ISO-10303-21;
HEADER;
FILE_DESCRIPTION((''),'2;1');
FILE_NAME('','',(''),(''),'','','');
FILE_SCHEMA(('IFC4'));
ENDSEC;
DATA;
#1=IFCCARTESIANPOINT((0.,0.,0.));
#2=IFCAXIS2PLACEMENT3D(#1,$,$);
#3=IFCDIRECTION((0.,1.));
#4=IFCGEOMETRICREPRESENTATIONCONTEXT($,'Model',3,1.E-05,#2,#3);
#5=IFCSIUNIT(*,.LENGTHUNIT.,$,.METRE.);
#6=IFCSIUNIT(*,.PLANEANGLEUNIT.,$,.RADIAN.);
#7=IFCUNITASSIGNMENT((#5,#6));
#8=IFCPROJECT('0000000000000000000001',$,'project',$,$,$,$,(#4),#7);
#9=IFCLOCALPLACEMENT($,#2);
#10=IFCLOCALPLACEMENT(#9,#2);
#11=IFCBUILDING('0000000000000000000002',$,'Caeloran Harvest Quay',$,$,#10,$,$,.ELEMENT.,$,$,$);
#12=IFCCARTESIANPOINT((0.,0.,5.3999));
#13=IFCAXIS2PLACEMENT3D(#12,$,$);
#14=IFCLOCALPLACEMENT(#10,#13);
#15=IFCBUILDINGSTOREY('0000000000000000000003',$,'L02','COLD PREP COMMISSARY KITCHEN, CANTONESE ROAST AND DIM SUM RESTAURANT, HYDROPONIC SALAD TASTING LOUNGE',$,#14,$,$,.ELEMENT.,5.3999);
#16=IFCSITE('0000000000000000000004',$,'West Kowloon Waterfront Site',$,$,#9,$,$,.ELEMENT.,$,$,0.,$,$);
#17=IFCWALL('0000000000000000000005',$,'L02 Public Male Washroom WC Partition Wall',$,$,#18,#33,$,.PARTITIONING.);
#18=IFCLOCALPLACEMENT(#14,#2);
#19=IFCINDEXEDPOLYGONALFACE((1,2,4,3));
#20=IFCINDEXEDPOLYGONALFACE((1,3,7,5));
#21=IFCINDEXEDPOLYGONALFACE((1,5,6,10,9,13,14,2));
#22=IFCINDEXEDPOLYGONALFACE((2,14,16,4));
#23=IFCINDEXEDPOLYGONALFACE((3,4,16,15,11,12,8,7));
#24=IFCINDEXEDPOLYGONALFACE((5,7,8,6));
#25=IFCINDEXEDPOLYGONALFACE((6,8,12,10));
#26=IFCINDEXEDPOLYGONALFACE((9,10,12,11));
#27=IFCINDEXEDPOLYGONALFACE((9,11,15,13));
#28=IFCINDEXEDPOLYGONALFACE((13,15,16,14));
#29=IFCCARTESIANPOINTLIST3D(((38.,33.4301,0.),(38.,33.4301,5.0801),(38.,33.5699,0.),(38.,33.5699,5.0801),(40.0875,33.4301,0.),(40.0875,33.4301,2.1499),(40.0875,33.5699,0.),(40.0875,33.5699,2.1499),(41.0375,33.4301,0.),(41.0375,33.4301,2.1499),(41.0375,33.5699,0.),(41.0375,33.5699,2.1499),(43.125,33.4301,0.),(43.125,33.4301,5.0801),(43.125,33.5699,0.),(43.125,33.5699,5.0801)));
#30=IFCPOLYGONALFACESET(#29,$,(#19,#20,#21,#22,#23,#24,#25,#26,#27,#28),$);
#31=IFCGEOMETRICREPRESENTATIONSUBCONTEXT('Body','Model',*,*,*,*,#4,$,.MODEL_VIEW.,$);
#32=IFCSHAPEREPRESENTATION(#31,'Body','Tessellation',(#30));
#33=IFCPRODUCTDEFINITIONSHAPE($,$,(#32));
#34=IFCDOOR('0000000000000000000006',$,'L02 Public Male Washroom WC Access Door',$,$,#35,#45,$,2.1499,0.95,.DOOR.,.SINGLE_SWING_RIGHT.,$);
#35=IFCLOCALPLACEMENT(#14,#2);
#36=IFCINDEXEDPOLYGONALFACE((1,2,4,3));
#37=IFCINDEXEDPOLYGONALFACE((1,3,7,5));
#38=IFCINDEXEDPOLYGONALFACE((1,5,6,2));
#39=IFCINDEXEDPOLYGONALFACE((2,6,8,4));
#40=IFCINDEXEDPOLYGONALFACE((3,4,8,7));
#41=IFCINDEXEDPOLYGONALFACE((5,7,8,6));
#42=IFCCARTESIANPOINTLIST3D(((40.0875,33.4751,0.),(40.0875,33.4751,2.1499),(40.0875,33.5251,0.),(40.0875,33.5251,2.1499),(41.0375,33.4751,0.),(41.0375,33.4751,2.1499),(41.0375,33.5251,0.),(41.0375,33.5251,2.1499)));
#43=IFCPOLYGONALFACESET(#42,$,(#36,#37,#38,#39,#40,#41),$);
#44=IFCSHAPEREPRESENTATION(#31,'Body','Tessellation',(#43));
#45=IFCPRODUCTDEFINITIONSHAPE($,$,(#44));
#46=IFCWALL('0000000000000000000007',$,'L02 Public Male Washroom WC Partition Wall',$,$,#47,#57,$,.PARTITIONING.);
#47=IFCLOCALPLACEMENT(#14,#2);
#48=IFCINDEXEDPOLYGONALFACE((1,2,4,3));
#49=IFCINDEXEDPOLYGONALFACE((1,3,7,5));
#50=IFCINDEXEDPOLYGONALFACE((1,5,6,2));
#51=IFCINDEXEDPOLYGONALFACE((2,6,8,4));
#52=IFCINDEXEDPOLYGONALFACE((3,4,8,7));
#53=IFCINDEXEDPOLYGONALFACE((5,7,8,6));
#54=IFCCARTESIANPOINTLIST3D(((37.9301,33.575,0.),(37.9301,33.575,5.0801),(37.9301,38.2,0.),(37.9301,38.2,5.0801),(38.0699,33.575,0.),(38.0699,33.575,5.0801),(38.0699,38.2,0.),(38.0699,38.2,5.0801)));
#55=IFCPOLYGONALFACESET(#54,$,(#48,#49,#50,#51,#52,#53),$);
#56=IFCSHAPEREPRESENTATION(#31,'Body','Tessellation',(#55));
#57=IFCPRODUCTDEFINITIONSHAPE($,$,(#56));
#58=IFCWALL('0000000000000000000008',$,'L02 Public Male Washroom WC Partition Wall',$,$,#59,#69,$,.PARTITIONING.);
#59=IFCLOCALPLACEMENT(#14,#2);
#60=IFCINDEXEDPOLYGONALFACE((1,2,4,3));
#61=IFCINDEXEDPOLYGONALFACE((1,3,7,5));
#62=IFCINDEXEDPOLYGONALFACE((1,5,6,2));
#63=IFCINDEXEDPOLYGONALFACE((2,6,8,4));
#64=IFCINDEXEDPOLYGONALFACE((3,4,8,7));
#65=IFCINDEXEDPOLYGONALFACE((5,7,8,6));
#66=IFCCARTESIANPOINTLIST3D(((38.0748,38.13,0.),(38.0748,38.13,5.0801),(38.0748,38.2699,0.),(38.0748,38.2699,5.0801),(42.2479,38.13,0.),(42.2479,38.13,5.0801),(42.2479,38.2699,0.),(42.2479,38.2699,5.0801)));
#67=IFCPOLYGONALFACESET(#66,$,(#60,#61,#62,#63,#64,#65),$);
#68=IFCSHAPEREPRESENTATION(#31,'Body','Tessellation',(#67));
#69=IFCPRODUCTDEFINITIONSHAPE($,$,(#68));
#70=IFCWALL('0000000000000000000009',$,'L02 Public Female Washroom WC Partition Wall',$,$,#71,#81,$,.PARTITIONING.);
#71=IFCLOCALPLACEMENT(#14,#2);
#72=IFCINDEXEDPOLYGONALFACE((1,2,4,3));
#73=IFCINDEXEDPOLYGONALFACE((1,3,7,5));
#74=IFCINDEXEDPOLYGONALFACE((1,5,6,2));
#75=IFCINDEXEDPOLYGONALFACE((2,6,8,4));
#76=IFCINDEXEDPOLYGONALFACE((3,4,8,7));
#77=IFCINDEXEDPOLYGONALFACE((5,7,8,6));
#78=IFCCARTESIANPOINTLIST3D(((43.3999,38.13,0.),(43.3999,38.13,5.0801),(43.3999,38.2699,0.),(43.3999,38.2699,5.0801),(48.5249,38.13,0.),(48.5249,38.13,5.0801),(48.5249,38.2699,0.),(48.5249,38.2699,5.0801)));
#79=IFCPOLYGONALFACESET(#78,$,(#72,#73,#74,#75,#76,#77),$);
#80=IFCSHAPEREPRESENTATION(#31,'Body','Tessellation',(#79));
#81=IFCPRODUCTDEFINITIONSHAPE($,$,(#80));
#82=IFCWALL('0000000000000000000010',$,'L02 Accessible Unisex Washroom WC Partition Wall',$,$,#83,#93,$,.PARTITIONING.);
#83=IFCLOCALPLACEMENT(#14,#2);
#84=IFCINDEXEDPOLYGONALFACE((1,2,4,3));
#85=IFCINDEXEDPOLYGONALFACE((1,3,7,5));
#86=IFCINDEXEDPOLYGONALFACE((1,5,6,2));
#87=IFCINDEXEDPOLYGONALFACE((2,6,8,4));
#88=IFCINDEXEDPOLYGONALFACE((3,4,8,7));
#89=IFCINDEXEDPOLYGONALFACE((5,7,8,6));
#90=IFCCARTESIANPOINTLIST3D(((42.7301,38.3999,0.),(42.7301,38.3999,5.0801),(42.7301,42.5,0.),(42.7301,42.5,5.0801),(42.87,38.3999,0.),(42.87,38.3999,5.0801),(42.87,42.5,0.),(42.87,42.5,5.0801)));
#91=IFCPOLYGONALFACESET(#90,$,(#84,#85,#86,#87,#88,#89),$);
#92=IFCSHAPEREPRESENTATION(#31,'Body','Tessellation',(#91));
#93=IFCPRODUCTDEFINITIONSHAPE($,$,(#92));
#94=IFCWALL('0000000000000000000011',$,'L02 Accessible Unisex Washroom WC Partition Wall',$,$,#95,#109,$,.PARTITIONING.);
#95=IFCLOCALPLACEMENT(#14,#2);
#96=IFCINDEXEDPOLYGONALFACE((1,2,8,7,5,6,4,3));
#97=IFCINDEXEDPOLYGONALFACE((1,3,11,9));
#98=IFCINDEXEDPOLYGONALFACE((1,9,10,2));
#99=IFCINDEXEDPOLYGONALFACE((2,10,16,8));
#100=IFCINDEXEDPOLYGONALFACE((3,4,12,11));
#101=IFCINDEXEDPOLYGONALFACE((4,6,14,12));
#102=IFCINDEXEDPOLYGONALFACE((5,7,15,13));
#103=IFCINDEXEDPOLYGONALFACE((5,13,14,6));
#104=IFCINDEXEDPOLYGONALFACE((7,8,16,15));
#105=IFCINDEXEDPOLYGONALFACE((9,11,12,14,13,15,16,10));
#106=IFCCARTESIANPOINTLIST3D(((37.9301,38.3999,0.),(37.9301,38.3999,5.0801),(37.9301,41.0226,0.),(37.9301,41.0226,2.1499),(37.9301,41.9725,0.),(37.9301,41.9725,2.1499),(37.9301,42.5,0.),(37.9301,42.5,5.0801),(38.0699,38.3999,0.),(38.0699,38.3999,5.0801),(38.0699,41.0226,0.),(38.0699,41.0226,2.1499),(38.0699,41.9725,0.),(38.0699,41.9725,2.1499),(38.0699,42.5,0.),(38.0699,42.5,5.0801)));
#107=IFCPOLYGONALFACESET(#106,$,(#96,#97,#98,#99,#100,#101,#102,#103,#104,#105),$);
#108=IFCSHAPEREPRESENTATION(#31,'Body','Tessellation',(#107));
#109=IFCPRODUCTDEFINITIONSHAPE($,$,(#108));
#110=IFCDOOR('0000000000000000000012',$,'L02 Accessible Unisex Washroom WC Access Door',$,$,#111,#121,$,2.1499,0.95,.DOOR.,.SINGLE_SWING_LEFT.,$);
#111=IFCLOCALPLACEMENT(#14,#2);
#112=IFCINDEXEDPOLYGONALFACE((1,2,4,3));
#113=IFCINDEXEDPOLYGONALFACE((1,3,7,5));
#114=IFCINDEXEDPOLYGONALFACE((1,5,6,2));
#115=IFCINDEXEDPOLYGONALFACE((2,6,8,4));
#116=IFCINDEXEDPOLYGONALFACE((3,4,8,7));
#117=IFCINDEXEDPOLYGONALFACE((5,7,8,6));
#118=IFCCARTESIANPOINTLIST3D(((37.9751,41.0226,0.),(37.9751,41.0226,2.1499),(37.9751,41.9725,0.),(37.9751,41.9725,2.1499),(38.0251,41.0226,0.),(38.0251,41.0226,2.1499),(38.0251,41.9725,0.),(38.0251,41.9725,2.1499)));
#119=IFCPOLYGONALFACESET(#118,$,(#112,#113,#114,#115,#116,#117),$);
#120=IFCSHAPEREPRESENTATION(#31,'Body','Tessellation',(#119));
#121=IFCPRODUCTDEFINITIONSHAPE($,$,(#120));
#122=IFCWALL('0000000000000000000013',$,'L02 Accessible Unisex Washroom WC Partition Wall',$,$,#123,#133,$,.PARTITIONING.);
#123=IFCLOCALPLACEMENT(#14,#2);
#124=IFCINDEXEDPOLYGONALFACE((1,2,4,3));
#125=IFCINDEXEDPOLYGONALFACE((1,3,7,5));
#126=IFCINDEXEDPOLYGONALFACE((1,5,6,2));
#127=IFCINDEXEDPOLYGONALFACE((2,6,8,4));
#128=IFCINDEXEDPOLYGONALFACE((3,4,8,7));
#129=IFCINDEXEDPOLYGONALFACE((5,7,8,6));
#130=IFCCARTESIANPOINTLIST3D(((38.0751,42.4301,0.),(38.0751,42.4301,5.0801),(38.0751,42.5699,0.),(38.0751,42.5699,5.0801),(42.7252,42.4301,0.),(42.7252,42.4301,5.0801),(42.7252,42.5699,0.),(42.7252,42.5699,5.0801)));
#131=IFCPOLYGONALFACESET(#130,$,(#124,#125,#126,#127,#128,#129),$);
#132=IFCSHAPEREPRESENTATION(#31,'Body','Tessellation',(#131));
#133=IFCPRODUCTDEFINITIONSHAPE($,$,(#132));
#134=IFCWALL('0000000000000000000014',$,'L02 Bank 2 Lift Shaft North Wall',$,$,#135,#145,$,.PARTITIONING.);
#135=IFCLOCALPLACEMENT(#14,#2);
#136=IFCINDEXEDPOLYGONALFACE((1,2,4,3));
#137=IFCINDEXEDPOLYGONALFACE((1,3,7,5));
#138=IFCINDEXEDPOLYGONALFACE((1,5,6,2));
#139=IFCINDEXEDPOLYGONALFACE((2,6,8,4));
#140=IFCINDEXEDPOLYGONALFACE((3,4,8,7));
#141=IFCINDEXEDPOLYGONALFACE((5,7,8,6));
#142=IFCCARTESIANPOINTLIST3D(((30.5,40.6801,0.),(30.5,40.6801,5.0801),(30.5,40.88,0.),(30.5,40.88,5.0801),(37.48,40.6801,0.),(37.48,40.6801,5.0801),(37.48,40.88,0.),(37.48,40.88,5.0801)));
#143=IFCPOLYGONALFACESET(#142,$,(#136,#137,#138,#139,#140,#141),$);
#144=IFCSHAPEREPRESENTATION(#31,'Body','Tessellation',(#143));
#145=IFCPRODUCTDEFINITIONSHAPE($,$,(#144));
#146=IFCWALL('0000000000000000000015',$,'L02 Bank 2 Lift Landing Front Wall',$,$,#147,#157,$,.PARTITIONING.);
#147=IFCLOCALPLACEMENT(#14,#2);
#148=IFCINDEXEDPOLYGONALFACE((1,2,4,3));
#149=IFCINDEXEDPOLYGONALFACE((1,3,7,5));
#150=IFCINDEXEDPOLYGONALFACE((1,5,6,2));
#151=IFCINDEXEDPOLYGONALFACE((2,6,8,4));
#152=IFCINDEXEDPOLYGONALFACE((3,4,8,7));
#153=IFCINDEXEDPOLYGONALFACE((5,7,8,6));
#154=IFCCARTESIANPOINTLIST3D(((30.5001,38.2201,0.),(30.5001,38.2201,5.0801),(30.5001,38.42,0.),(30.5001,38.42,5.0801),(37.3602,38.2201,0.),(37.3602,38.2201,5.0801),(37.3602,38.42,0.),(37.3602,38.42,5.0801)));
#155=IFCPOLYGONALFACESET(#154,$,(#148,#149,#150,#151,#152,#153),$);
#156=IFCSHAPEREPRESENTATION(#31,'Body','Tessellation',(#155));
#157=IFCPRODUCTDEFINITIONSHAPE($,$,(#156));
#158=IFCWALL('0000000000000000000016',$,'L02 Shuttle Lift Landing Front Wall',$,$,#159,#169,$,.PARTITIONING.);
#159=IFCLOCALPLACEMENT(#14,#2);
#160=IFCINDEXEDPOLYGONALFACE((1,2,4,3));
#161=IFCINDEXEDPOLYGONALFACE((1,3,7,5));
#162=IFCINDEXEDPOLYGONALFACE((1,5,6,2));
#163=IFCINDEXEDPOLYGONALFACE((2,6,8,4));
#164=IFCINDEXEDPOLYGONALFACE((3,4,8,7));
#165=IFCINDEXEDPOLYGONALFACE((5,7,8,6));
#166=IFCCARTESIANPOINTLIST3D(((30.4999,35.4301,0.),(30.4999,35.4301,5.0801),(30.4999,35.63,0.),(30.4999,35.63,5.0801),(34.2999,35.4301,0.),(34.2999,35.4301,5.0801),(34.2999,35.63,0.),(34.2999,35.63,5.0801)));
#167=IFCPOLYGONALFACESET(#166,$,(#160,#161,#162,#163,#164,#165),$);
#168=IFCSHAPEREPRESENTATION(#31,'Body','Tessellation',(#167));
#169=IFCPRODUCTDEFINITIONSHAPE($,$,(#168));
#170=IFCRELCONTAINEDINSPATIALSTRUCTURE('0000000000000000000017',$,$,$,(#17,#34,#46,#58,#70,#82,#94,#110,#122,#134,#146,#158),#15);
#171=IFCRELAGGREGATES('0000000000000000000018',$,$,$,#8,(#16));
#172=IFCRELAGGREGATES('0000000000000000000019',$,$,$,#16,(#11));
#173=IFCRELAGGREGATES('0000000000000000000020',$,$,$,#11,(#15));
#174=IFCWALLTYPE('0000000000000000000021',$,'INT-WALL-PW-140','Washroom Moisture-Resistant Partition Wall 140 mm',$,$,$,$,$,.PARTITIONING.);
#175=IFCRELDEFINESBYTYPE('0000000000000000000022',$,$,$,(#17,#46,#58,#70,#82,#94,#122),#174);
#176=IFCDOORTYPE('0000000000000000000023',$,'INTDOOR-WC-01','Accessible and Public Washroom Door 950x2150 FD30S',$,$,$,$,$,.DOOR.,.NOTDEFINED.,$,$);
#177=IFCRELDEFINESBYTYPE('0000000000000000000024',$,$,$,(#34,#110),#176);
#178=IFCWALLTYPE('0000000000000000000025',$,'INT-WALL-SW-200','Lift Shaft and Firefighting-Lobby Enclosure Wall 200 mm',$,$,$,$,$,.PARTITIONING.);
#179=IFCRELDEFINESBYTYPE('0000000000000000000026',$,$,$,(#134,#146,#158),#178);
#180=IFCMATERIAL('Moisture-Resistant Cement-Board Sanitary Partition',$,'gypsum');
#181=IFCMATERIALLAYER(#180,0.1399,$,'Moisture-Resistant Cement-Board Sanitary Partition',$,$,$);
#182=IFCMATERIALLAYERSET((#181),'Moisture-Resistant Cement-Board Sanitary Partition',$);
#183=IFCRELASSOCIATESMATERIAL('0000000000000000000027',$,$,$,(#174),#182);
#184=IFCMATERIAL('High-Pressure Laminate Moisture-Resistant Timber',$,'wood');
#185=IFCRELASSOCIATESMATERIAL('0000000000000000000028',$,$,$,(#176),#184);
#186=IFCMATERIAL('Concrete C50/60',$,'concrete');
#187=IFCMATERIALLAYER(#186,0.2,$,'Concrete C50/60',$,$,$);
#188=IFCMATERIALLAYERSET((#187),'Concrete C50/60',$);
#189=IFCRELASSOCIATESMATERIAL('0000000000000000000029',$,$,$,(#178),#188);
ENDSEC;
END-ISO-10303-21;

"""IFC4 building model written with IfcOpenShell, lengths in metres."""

from ifc_helpers import new_model, si_unit, direction, frame, frame_2d, origin, place, context, subcontext, project, spatial, rectangle, extrude, material, layer, layer_set, type_object, element, fill, save


model = new_model("IFC4")

# Units and contexts
model_context = context("Model", 3, precision=1e-05, world=origin(), true_north=direction((0.0, 1.0)))
body_context = subcontext(model_context, "Body", "Model", "MODEL_VIEW")
ifc_project = project(units=[si_unit("LENGTHUNIT", "METRE"), si_unit("PLANEANGLEUNIT", "RADIAN")], contexts=[model_context])

# Site, building, storey
site_placement = place(None, origin())
site = spatial("IfcSite", under=ifc_project, at=site_placement, Name="West Kowloon Waterfront Site", CompositionType="ELEMENT", RefElevation=0.0)
building_placement = place(site_placement, origin())
building = spatial("IfcBuilding", under=site, at=building_placement, Name="Caeloran Harvest Quay", CompositionType="ELEMENT")
storey_placement = place(building_placement, frame((0.0, 0.0, 5.3999)))
storey = spatial("IfcBuildingStorey", under=building, at=storey_placement, Name="L02", Description="COLD PREP COMMISSARY KITCHEN, CANTONESE ROAST AND DIM SUM RESTAURANT, HYDROPONIC SALAD TASTING LOUNGE", CompositionType="ELEMENT", Elevation=5.3999)

# Shared definitions
ifc_material_1 = material(Name="Moisture-Resistant Cement-Board Sanitary Partition", Category="gypsum")
ifc_layer_1 = layer(ifc_material_1, 0.1399, Name="Moisture-Resistant Cement-Board Sanitary Partition")
ifc_layer_set_1 = layer_set([ifc_layer_1], Name="Moisture-Resistant Cement-Board Sanitary Partition")
wall_type_1 = type_object("IfcWallType", Name="INT-WALL-PW-140", Description="Washroom Moisture-Resistant Partition Wall 140 mm", PredefinedType="PARTITIONING", material=ifc_layer_set_1)

# Wall, opening, door
wall_1_placement = place(storey_placement, frame((43.125, 33.5, 0.0), z_axis=(0.0, 0.0, 1.0), x_axis=(-1.0, 0.0, 0.0)))
wall_1 = element("IfcWall", 1, at=wall_1_placement, inside=storey, type_object=wall_type_1, Name="L02 Public Male Washroom WC Partition Wall", PredefinedType="PARTITIONING", context=body_context, shape_type="SweptSolid", body=[
    extrude(rectangle(XDim=5.125, YDim=0.1399, at=frame_2d((2.5625, 0.0))), origin(), (0.0, 0.0, 1.0), 5.0801),
])
opening_1_placement = place(wall_1_placement, frame((2.0874, 0.0, 0.0)))
opening_1 = element("IfcOpeningElement", 2, at=opening_1_placement, cuts=wall_1, PredefinedType="OPENING", context=body_context, shape_type="SweptSolid", body=[
    extrude(rectangle(XDim=0.95, YDim=2.1499, at=frame_2d((0.4751, 1.075))), frame((0.0, 0.0801, 0.0), z_axis=(0.0, -1.0, 0.0), x_axis=(1.0, 0.0, 0.0)), (0.0, 0.0, 1.0), 0.1599),
])
ifc_material_2 = material(Name="High-Pressure Laminate Moisture-Resistant Timber", Category="wood")
door_type = type_object("IfcDoorType", Name="INTDOOR-WC-01", Description="Accessible and Public Washroom Door 950x2150 FD30S", OperationType="NOTDEFINED", PredefinedType="DOOR", material=ifc_material_2)
door_1_placement = place(opening_1_placement, origin())
door_1 = element("IfcDoor", 3, at=door_1_placement, inside=storey, type_object=door_type, Name="L02 Public Male Washroom WC Access Door", OperationType="SINGLE_SWING_RIGHT", OverallHeight=2.1499, OverallWidth=0.95, PredefinedType="DOOR", context=body_context, shape_type="SweptSolid", body=[
    extrude(rectangle(XDim=0.95, YDim=2.1499, at=frame_2d((0.4751, 1.075))), frame((0.0, 0.0249, 0.0), z_axis=(0.0, -1.0, 0.0), x_axis=(1.0, 0.0, 0.0)), (0.0, 0.0, 1.0), 0.05),
])
fill(opening_1, door_1)

# Walls
wall_2_placement = place(storey_placement, frame((38.0, 33.575, 0.0), z_axis=(0.0, 0.0, 1.0), x_axis=(0.0, 1.0, 0.0)))
element("IfcWall", 4, at=wall_2_placement, inside=storey, type_object=wall_type_1, Name="L02 Public Male Washroom WC Partition Wall", PredefinedType="PARTITIONING", context=body_context, shape_type="SweptSolid", body=[
    extrude(rectangle(XDim=4.625, YDim=0.1399, at=frame_2d((2.3125, 0.0))), origin(), (0.0, 0.0, 1.0), 5.0801),
])
wall_3_placement = place(storey_placement, frame((38.075, 38.2, 0.0), z_axis=(0.0, 0.0, 1.0), x_axis=(1.0, 0.0, 0.0)))
element("IfcWall", 5, at=wall_3_placement, inside=storey, type_object=wall_type_1, Name="L02 Public Male Washroom WC Partition Wall", PredefinedType="PARTITIONING", context=body_context, shape_type="SweptSolid", body=[
    extrude(rectangle(XDim=4.1731, YDim=0.1399, at=frame_2d((2.0864, 0.0))), origin(), (0.0, 0.0, 1.0), 5.0801),
])
wall_4_placement = place(storey_placement, frame((43.3999, 38.2, 0.0), z_axis=(0.0, 0.0, 1.0), x_axis=(1.0, 0.0, 0.0)))
element("IfcWall", 6, at=wall_4_placement, inside=storey, type_object=wall_type_1, Name="L02 Public Female Washroom WC Partition Wall", PredefinedType="PARTITIONING", context=body_context, shape_type="SweptSolid", body=[
    extrude(rectangle(XDim=5.125, YDim=0.1399, at=frame_2d((2.5625, 0.0))), origin(), (0.0, 0.0, 1.0), 5.0801),
])
wall_5_placement = place(storey_placement, frame((42.8, 42.5, 0.0), z_axis=(0.0, 0.0, 1.0), x_axis=(0.0, -1.0, 0.0)))
element("IfcWall", 7, at=wall_5_placement, inside=storey, type_object=wall_type_1, Name="L02 Accessible Unisex Washroom WC Partition Wall", PredefinedType="PARTITIONING", context=body_context, shape_type="SweptSolid", body=[
    extrude(rectangle(XDim=4.1001, YDim=0.1399, at=frame_2d((2.05, 0.0))), origin(), (0.0, 0.0, 1.0), 5.0801),
])

# Wall, opening, door
wall_6_placement = place(storey_placement, frame((38.0, 38.3999, 0.0), z_axis=(0.0, 0.0, 1.0), x_axis=(0.0, 1.0, 0.0)))
wall_6 = element("IfcWall", 8, at=wall_6_placement, inside=storey, type_object=wall_type_1, Name="L02 Accessible Unisex Washroom WC Partition Wall", PredefinedType="PARTITIONING", context=body_context, shape_type="SweptSolid", body=[
    extrude(rectangle(XDim=4.1001, YDim=0.1399, at=frame_2d((2.05, 0.0))), origin(), (0.0, 0.0, 1.0), 5.0801),
])
opening_2_placement = place(wall_6_placement, frame((2.6226, 0.0, 0.0)))
opening_2 = element("IfcOpeningElement", 9, at=opening_2_placement, cuts=wall_6, PredefinedType="OPENING", context=body_context, shape_type="SweptSolid", body=[
    extrude(rectangle(XDim=0.95, YDim=2.1499, at=frame_2d((0.4751, 1.075))), frame((0.0, 0.0801, 0.0), z_axis=(0.0, -1.0, 0.0), x_axis=(1.0, 0.0, 0.0)), (0.0, 0.0, 1.0), 0.1599),
])
door_2_placement = place(opening_2_placement, origin())
door_2 = element("IfcDoor", 10, at=door_2_placement, inside=storey, type_object=door_type, Name="L02 Accessible Unisex Washroom WC Access Door", OperationType="SINGLE_SWING_LEFT", OverallHeight=2.1499, OverallWidth=0.95, PredefinedType="DOOR", context=body_context, shape_type="SweptSolid", body=[
    extrude(rectangle(XDim=0.95, YDim=2.1499, at=frame_2d((0.4751, 1.075))), frame((0.0, 0.0249, 0.0), z_axis=(0.0, -1.0, 0.0), x_axis=(1.0, 0.0, 0.0)), (0.0, 0.0, 1.0), 0.05),
])
fill(opening_2, door_2)

# Walls
wall_7_placement = place(storey_placement, frame((38.075, 42.5, 0.0), z_axis=(0.0, 0.0, 1.0), x_axis=(1.0, 0.0, 0.0)))
element("IfcWall", 11, at=wall_7_placement, inside=storey, type_object=wall_type_1, Name="L02 Accessible Unisex Washroom WC Partition Wall", PredefinedType="PARTITIONING", context=body_context, shape_type="SweptSolid", body=[
    extrude(rectangle(XDim=4.6501, YDim=0.1399, at=frame_2d((2.3252, 0.0))), origin(), (0.0, 0.0, 1.0), 5.0801),
])
ifc_material_3 = material(Name="Concrete C50/60", Category="concrete")
ifc_layer_2 = layer(ifc_material_3, 0.2, Name="Concrete C50/60")
ifc_layer_set_2 = layer_set([ifc_layer_2], Name="Concrete C50/60")
wall_type_2 = type_object("IfcWallType", Name="INT-WALL-SW-200", Description="Lift Shaft and Firefighting-Lobby Enclosure Wall 200 mm", PredefinedType="PARTITIONING", material=ifc_layer_set_2)
wall_8_placement = place(storey_placement, frame((30.5, 40.78, 0.0), z_axis=(0.0, 0.0, 1.0), x_axis=(1.0, 0.0, 0.0)))
element("IfcWall", 12, at=wall_8_placement, inside=storey, type_object=wall_type_2, Name="L02 Bank 2 Lift Shaft North Wall", PredefinedType="PARTITIONING", context=body_context, shape_type="SweptSolid", body=[
    extrude(rectangle(XDim=6.98, YDim=0.2, at=frame_2d((3.49, 0.0))), origin(), (0.0, 0.0, 1.0), 5.0801),
])
wall_9_placement = place(storey_placement, frame((30.5, 38.3201, 0.0), z_axis=(0.0, 0.0, 1.0), x_axis=(1.0, 0.0, 0.0)))
element("IfcWall", 13, at=wall_9_placement, inside=storey, type_object=wall_type_2, Name="L02 Bank 2 Lift Landing Front Wall", PredefinedType="PARTITIONING", context=body_context, shape_type="SweptSolid", body=[
    extrude(rectangle(XDim=6.8601, YDim=0.2, at=frame_2d((3.4302, 0.0))), origin(), (0.0, 0.0, 1.0), 5.0801),
])
wall_10_placement = place(storey_placement, frame((30.5, 35.53, 0.0), z_axis=(0.0, 0.0, 1.0), x_axis=(1.0, 0.0, 0.0)))
element("IfcWall", 14, at=wall_10_placement, inside=storey, type_object=wall_type_2, Name="L02 Shuttle Lift Landing Front Wall", PredefinedType="PARTITIONING", context=body_context, shape_type="SweptSolid", body=[
    extrude(rectangle(XDim=3.8, YDim=0.2, at=frame_2d((1.8999, 0.0))), origin(), (0.0, 0.0, 1.0), 5.0801),
])

save(model, "model.ifc")
